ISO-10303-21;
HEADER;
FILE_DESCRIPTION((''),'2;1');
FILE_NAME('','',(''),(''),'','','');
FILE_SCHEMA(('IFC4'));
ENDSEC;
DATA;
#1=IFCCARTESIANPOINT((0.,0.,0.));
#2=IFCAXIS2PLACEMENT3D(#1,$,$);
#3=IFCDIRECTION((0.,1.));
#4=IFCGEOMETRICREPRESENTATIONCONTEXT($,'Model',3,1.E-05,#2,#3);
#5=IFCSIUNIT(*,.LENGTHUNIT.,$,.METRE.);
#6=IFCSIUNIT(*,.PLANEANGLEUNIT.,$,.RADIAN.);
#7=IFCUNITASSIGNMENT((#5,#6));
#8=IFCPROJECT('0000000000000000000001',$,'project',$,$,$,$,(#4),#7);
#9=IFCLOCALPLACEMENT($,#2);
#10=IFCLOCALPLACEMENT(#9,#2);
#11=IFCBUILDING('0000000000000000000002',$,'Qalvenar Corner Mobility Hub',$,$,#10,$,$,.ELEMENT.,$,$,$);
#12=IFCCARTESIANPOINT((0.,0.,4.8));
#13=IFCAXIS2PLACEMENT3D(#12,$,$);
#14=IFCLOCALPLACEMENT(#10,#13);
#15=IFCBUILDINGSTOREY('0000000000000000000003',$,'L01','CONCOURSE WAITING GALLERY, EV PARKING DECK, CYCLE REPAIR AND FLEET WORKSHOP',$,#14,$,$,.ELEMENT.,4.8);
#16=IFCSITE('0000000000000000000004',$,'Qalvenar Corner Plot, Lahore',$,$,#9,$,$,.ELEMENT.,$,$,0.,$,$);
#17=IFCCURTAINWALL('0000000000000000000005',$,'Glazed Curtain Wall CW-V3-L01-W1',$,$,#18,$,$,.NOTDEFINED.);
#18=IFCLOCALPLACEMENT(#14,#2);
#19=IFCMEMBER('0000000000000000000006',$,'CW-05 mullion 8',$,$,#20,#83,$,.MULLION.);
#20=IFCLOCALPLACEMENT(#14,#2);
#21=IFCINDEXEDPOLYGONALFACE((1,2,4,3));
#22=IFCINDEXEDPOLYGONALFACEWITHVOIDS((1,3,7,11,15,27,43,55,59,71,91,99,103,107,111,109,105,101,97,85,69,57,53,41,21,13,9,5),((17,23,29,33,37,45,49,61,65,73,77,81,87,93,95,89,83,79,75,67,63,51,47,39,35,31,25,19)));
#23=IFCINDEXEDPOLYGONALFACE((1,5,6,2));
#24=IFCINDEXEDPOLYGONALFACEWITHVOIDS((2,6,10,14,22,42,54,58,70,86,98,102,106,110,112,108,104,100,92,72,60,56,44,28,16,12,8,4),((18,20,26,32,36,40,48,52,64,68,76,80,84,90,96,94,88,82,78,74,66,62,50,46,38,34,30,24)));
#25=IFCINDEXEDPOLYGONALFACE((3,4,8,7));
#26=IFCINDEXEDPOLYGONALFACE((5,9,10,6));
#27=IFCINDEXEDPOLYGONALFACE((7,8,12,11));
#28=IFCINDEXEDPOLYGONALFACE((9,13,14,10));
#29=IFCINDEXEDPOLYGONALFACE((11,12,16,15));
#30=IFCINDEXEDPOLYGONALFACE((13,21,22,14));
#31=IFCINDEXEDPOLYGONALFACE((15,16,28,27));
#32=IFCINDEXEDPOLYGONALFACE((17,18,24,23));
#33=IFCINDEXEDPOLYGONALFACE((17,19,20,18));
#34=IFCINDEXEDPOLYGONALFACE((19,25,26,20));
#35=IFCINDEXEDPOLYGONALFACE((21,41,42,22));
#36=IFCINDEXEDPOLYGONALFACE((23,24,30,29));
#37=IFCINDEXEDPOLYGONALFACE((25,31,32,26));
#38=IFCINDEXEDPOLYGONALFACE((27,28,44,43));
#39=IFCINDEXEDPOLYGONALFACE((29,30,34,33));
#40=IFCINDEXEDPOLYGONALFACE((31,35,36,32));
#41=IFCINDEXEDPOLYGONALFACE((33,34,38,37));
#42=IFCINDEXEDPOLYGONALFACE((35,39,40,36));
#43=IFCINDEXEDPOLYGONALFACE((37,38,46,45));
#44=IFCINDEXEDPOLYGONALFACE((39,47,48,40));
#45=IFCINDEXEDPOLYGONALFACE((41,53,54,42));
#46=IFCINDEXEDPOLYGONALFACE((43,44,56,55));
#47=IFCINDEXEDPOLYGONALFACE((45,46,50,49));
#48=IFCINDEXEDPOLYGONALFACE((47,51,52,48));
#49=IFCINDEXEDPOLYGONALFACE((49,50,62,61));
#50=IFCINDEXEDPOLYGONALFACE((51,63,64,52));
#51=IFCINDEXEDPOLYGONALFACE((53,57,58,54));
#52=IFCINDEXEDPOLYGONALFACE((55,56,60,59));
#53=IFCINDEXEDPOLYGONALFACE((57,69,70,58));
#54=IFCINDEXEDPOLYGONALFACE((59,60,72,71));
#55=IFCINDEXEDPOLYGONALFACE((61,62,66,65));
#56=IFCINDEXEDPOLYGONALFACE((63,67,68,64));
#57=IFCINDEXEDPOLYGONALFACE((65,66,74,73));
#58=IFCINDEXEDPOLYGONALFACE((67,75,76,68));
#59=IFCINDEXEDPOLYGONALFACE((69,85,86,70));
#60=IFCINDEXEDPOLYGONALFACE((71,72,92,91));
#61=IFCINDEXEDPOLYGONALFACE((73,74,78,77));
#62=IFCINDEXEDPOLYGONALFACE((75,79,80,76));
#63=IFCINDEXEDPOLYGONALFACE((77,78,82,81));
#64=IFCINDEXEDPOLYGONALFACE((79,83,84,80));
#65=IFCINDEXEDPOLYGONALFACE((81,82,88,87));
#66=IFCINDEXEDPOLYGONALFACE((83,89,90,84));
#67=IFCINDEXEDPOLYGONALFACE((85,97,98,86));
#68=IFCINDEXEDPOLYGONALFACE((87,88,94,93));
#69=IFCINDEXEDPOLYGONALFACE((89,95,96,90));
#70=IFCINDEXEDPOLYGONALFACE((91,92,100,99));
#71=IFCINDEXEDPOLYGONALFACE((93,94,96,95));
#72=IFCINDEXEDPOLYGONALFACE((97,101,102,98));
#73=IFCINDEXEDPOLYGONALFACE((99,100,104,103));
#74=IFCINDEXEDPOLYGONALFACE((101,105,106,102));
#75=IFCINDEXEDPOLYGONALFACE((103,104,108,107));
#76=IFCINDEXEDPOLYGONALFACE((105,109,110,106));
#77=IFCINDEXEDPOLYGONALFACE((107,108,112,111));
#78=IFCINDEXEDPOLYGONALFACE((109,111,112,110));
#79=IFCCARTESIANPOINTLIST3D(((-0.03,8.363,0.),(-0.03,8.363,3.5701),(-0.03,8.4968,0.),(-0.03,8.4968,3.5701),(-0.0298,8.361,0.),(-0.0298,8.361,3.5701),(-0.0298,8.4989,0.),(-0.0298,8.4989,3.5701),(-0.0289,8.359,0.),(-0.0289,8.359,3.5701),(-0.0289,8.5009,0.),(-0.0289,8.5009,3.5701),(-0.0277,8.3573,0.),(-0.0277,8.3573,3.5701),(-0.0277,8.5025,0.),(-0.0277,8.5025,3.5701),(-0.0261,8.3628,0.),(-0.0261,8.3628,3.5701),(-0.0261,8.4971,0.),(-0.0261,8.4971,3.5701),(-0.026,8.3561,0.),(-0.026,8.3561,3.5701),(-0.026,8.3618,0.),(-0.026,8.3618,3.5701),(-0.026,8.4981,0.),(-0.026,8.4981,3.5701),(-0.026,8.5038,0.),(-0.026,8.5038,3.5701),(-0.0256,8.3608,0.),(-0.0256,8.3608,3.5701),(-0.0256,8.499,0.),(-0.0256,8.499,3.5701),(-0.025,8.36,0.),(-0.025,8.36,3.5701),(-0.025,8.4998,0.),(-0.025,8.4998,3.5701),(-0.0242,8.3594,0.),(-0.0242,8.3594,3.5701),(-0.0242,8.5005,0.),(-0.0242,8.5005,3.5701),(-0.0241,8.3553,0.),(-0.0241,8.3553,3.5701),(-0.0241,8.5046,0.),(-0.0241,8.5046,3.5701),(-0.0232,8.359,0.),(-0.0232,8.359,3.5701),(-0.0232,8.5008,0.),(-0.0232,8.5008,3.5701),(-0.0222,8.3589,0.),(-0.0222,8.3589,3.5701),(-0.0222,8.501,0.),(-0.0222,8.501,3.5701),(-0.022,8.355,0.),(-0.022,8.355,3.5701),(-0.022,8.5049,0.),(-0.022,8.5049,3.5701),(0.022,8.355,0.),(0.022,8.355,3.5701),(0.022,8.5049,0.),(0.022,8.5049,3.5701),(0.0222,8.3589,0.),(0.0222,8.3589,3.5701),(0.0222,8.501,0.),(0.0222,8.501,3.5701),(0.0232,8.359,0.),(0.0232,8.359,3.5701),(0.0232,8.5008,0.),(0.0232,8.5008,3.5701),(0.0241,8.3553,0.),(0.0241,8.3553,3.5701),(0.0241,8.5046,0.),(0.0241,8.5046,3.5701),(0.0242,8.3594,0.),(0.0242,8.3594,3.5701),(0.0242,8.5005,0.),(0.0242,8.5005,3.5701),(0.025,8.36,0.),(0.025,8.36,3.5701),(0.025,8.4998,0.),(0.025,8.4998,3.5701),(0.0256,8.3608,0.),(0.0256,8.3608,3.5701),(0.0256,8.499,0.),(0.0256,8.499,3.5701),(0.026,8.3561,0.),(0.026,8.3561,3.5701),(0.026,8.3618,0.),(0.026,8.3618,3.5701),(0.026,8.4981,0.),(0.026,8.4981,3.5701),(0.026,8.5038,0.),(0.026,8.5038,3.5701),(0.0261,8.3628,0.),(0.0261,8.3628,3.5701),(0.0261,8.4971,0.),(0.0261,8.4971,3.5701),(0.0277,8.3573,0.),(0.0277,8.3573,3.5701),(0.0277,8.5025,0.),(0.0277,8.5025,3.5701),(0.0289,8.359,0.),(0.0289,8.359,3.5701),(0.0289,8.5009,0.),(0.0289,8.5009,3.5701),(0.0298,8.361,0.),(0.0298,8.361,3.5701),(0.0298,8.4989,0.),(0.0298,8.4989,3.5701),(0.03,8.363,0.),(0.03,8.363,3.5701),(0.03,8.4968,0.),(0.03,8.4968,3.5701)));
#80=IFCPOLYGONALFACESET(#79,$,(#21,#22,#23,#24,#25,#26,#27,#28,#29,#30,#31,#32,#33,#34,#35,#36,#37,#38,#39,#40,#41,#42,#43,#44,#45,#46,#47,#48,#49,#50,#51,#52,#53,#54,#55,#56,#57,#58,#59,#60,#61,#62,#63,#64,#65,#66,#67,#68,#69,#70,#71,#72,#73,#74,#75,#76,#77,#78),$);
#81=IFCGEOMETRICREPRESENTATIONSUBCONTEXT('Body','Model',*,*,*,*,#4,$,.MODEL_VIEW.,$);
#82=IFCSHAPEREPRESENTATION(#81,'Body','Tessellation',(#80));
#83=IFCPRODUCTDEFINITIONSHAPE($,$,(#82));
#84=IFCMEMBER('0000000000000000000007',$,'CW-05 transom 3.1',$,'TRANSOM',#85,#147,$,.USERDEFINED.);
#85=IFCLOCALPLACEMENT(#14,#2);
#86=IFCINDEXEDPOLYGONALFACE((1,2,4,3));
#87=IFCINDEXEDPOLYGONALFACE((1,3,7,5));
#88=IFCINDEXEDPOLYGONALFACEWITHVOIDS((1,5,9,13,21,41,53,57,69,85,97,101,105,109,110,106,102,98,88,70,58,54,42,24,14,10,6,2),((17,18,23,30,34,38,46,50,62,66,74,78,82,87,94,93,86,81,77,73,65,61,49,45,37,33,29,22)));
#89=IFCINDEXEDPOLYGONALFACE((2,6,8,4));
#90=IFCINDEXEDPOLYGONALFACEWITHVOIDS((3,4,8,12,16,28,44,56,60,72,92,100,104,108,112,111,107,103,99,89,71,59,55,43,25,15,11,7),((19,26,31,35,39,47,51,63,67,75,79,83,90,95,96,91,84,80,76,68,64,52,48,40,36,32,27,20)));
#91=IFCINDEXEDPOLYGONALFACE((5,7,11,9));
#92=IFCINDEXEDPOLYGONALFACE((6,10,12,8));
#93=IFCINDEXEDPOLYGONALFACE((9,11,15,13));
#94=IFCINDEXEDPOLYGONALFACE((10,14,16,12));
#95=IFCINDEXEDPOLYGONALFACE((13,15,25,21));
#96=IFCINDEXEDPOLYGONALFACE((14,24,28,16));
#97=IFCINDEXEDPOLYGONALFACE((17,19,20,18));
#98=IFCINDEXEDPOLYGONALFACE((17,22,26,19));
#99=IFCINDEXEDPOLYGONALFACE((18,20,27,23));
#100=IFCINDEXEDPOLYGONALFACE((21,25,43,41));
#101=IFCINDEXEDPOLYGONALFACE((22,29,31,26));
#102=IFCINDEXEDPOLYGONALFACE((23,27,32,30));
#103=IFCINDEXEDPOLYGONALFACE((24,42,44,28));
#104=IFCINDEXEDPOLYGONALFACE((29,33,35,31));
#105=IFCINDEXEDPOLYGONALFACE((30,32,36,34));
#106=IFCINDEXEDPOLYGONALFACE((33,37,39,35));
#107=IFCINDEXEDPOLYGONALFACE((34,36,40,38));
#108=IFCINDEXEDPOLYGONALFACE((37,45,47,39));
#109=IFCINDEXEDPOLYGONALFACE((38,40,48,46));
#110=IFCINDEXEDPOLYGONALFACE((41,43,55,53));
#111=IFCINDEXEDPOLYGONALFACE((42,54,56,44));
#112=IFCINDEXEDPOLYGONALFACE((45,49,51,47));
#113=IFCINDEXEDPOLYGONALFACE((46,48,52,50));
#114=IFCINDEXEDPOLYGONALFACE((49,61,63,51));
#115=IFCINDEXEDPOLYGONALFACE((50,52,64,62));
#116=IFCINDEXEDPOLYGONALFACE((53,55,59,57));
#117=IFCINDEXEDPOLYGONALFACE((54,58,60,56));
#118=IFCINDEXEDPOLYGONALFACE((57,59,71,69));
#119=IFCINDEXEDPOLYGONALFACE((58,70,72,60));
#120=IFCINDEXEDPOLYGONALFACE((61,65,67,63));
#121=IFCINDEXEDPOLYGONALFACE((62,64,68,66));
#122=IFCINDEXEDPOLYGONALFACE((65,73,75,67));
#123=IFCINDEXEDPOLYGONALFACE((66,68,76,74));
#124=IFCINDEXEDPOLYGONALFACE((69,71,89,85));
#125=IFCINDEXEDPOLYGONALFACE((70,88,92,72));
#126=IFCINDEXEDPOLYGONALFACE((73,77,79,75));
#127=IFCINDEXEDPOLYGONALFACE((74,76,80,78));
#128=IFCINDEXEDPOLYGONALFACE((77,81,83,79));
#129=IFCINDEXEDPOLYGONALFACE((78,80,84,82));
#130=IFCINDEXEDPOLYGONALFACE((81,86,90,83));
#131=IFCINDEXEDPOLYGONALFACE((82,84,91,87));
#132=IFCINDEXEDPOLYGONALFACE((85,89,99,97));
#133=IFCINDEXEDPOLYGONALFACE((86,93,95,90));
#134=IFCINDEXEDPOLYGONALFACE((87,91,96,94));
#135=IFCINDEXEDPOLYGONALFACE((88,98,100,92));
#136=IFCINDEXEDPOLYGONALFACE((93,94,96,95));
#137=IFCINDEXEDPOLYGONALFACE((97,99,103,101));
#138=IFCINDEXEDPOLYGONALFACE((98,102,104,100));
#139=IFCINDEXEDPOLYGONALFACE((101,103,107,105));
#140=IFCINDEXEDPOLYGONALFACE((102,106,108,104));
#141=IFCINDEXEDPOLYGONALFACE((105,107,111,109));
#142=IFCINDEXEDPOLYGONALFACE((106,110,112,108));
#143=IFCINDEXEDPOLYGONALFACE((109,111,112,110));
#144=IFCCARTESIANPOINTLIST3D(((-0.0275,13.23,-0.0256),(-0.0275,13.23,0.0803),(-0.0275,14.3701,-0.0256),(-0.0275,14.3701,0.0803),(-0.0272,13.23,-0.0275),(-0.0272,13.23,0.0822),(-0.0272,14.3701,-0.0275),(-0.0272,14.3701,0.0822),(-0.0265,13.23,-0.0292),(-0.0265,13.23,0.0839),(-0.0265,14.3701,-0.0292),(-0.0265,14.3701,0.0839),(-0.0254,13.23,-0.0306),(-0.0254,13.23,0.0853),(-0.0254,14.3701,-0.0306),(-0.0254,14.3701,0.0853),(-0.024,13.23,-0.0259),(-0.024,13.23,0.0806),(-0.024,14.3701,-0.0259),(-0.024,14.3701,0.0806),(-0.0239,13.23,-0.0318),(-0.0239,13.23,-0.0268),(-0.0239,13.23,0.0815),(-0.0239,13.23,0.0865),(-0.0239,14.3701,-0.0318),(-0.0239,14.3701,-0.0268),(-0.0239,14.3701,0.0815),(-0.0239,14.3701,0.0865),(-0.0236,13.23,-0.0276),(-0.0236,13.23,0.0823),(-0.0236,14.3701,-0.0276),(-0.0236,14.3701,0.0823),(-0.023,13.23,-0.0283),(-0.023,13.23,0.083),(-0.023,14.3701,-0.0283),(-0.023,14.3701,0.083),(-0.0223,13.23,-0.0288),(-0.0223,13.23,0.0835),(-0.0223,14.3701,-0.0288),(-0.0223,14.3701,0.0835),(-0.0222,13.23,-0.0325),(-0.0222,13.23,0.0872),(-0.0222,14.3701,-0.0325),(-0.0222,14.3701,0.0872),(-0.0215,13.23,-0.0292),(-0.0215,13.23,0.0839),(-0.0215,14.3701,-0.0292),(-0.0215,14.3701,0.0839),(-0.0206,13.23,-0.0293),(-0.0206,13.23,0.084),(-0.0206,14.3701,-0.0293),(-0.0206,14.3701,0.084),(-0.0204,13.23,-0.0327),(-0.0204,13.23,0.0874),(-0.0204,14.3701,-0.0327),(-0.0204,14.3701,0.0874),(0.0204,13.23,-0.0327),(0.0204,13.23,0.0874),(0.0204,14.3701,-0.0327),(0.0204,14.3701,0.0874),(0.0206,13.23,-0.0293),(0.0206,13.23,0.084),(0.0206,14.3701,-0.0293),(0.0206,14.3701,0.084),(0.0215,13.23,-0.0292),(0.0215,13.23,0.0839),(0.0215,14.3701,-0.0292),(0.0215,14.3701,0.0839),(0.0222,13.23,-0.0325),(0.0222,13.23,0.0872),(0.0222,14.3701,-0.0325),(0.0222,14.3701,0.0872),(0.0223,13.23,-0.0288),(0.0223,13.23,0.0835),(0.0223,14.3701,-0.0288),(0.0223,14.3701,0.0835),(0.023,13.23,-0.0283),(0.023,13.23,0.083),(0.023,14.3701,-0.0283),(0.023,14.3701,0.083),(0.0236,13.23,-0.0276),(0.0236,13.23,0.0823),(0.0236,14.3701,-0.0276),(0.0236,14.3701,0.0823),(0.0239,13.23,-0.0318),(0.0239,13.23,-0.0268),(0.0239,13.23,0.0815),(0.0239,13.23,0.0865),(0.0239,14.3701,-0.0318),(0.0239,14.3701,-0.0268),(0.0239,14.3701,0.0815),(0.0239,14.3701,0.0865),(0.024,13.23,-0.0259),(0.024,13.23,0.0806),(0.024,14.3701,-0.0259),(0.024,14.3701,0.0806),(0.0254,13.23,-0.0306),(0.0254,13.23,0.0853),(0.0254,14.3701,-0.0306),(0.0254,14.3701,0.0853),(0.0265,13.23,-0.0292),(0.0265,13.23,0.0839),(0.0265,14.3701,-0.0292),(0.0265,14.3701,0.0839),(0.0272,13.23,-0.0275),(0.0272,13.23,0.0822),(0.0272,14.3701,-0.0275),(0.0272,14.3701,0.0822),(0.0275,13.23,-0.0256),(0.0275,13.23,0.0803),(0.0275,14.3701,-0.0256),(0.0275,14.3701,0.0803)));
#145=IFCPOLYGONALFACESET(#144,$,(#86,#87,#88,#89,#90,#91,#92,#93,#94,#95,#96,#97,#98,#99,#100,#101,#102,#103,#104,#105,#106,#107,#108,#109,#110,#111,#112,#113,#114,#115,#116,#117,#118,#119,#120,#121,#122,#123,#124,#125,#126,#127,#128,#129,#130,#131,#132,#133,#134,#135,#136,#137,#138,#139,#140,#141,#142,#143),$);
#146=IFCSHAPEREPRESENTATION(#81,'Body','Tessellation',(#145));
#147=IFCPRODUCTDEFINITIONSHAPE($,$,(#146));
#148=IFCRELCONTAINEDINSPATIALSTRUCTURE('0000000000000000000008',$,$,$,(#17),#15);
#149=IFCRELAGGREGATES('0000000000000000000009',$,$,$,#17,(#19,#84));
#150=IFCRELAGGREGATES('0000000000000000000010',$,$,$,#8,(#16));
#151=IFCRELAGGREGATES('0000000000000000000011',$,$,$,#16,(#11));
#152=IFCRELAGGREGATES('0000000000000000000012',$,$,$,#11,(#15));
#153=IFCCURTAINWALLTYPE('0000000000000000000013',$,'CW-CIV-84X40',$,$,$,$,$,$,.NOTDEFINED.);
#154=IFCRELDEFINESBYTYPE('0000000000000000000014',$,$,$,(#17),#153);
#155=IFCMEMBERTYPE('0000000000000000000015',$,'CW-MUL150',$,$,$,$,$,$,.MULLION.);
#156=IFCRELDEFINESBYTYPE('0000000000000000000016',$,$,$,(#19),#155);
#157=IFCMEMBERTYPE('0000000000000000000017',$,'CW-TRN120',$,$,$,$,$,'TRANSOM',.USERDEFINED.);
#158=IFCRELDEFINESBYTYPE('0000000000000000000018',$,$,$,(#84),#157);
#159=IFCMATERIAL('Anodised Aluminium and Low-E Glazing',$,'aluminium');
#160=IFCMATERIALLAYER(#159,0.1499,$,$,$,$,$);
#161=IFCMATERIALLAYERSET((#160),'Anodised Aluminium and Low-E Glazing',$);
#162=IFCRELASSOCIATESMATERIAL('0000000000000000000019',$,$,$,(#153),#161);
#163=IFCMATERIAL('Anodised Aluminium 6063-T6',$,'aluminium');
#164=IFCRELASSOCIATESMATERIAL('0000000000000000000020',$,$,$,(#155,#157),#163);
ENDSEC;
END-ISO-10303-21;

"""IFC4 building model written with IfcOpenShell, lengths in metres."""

from ifc_helpers import new_model, si_unit, direction, frame, origin, origin_2d, place, context, subcontext, project, spatial, hollow_rectangle, extrude, material, layer, layer_set, material_profile, profile_set, type_object, element, aggregate, save


model = new_model("IFC4")

# Units and contexts
model_context = context("Model", 3, precision=1e-05, world=origin(), true_north=direction((0.0, 1.0)))
body_context = subcontext(model_context, "Body", "Model", "MODEL_VIEW")
ifc_project = project(units=[si_unit("LENGTHUNIT", "METRE"), si_unit("PLANEANGLEUNIT", "RADIAN")], contexts=[model_context])

# Site, building, storey
site_placement = place(None, origin())
site = spatial("IfcSite", under=ifc_project, at=site_placement, Name="Qalvenar Corner Plot, Lahore", CompositionType="ELEMENT", RefElevation=0.0)
building_placement = place(site_placement, origin())
building = spatial("IfcBuilding", under=site, at=building_placement, Name="Qalvenar Corner Mobility Hub", CompositionType="ELEMENT")
storey_placement = place(building_placement, frame((0.0, 0.0, 4.8)))
storey = spatial("IfcBuildingStorey", under=building, at=storey_placement, Name="L01", Description="CONCOURSE WAITING GALLERY, EV PARKING DECK, CYCLE REPAIR AND FLEET WORKSHOP", CompositionType="ELEMENT", Elevation=4.8)

# Curtain wall, members
ifc_material_1 = material(Name="Anodised Aluminium and Low-E Glazing", Category="aluminium")
ifc_layer_1 = layer(ifc_material_1, 0.1499)
ifc_layer_set_1 = layer_set([ifc_layer_1], Name="Anodised Aluminium and Low-E Glazing")
curtain_wall_type = type_object("IfcCurtainWallType", Name="CW-CIV-84X40", PredefinedType="NOTDEFINED", material=ifc_layer_set_1)
curtain_wall_placement = place(storey_placement, origin())
curtain_wall = element("IfcCurtainWall", 1, at=curtain_wall_placement, inside=storey, type_object=curtain_wall_type, Name="Glazed Curtain Wall CW-V3-L01-W1", PredefinedType="NOTDEFINED")
ifc_material_2 = material(Name="Anodised Aluminium 6063-T6", Category="aluminium")
ifc_material_profile_1 = material_profile(ifc_material_2, hollow_rectangle(XDim=0.0601, YDim=0.1499, WallThickness=0.0039, InnerFilletRadius=0.0039, OuterFilletRadius=0.0081, at=origin_2d()), Name="RHS150x60x4")
ifc_profile_set_1 = profile_set([ifc_material_profile_1], Name="Anodised Aluminium 6063-T6")
member_type_1 = type_object("IfcMemberType", Name="CW-MUL150", PredefinedType="MULLION", material=ifc_profile_set_1)
member_1_placement = place(storey_placement, frame((0.0, 8.4299, 0.0), z_axis=(0.0, 0.0, 1.0), x_axis=(1.0, 0.0, 0.0)))
member_1 = element("IfcMember", 2, at=member_1_placement, type_object=member_type_1, Name="CW-05 mullion 8", PredefinedType="MULLION", context=body_context, shape_type="SweptSolid", body=[
    extrude(hollow_rectangle(XDim=0.0601, YDim=0.1499, WallThickness=0.0039, InnerFilletRadius=0.0039, OuterFilletRadius=0.0081, at=origin_2d()), origin(), (0.0, 0.0, 1.0), 3.5701),
])
ifc_material_profile_2 = material_profile(ifc_material_2, hollow_rectangle(XDim=0.0549, YDim=0.1201, WallThickness=0.0034, InnerFilletRadius=0.0034, OuterFilletRadius=0.0071, at=origin_2d()), Name="RHS120x55x3.5")
ifc_profile_set_2 = profile_set([ifc_material_profile_2], Name="Anodised Aluminium 6063-T6")
member_type_2 = type_object("IfcMemberType", Name="CW-TRN120", ElementType="TRANSOM", PredefinedType="USERDEFINED", material=ifc_profile_set_2)
member_2_placement = place(storey_placement, frame((0.0, 14.3701, 0.0273), z_axis=(0.0, -1.0, 0.0), x_axis=(1.0, 0.0, 0.0)))
member_2 = element("IfcMember", 3, at=member_2_placement, type_object=member_type_2, Name="CW-05 transom 3.1", ObjectType="TRANSOM", PredefinedType="USERDEFINED", context=body_context, shape_type="SweptSolid", body=[
    extrude(hollow_rectangle(XDim=0.0549, YDim=0.1201, WallThickness=0.0034, InnerFilletRadius=0.0034, OuterFilletRadius=0.0071, at=origin_2d()), origin(), (0.0, 0.0, 1.0), 1.1401),
])
aggregate(curtain_wall, [member_1, member_2])

save(model, "model.ifc")
